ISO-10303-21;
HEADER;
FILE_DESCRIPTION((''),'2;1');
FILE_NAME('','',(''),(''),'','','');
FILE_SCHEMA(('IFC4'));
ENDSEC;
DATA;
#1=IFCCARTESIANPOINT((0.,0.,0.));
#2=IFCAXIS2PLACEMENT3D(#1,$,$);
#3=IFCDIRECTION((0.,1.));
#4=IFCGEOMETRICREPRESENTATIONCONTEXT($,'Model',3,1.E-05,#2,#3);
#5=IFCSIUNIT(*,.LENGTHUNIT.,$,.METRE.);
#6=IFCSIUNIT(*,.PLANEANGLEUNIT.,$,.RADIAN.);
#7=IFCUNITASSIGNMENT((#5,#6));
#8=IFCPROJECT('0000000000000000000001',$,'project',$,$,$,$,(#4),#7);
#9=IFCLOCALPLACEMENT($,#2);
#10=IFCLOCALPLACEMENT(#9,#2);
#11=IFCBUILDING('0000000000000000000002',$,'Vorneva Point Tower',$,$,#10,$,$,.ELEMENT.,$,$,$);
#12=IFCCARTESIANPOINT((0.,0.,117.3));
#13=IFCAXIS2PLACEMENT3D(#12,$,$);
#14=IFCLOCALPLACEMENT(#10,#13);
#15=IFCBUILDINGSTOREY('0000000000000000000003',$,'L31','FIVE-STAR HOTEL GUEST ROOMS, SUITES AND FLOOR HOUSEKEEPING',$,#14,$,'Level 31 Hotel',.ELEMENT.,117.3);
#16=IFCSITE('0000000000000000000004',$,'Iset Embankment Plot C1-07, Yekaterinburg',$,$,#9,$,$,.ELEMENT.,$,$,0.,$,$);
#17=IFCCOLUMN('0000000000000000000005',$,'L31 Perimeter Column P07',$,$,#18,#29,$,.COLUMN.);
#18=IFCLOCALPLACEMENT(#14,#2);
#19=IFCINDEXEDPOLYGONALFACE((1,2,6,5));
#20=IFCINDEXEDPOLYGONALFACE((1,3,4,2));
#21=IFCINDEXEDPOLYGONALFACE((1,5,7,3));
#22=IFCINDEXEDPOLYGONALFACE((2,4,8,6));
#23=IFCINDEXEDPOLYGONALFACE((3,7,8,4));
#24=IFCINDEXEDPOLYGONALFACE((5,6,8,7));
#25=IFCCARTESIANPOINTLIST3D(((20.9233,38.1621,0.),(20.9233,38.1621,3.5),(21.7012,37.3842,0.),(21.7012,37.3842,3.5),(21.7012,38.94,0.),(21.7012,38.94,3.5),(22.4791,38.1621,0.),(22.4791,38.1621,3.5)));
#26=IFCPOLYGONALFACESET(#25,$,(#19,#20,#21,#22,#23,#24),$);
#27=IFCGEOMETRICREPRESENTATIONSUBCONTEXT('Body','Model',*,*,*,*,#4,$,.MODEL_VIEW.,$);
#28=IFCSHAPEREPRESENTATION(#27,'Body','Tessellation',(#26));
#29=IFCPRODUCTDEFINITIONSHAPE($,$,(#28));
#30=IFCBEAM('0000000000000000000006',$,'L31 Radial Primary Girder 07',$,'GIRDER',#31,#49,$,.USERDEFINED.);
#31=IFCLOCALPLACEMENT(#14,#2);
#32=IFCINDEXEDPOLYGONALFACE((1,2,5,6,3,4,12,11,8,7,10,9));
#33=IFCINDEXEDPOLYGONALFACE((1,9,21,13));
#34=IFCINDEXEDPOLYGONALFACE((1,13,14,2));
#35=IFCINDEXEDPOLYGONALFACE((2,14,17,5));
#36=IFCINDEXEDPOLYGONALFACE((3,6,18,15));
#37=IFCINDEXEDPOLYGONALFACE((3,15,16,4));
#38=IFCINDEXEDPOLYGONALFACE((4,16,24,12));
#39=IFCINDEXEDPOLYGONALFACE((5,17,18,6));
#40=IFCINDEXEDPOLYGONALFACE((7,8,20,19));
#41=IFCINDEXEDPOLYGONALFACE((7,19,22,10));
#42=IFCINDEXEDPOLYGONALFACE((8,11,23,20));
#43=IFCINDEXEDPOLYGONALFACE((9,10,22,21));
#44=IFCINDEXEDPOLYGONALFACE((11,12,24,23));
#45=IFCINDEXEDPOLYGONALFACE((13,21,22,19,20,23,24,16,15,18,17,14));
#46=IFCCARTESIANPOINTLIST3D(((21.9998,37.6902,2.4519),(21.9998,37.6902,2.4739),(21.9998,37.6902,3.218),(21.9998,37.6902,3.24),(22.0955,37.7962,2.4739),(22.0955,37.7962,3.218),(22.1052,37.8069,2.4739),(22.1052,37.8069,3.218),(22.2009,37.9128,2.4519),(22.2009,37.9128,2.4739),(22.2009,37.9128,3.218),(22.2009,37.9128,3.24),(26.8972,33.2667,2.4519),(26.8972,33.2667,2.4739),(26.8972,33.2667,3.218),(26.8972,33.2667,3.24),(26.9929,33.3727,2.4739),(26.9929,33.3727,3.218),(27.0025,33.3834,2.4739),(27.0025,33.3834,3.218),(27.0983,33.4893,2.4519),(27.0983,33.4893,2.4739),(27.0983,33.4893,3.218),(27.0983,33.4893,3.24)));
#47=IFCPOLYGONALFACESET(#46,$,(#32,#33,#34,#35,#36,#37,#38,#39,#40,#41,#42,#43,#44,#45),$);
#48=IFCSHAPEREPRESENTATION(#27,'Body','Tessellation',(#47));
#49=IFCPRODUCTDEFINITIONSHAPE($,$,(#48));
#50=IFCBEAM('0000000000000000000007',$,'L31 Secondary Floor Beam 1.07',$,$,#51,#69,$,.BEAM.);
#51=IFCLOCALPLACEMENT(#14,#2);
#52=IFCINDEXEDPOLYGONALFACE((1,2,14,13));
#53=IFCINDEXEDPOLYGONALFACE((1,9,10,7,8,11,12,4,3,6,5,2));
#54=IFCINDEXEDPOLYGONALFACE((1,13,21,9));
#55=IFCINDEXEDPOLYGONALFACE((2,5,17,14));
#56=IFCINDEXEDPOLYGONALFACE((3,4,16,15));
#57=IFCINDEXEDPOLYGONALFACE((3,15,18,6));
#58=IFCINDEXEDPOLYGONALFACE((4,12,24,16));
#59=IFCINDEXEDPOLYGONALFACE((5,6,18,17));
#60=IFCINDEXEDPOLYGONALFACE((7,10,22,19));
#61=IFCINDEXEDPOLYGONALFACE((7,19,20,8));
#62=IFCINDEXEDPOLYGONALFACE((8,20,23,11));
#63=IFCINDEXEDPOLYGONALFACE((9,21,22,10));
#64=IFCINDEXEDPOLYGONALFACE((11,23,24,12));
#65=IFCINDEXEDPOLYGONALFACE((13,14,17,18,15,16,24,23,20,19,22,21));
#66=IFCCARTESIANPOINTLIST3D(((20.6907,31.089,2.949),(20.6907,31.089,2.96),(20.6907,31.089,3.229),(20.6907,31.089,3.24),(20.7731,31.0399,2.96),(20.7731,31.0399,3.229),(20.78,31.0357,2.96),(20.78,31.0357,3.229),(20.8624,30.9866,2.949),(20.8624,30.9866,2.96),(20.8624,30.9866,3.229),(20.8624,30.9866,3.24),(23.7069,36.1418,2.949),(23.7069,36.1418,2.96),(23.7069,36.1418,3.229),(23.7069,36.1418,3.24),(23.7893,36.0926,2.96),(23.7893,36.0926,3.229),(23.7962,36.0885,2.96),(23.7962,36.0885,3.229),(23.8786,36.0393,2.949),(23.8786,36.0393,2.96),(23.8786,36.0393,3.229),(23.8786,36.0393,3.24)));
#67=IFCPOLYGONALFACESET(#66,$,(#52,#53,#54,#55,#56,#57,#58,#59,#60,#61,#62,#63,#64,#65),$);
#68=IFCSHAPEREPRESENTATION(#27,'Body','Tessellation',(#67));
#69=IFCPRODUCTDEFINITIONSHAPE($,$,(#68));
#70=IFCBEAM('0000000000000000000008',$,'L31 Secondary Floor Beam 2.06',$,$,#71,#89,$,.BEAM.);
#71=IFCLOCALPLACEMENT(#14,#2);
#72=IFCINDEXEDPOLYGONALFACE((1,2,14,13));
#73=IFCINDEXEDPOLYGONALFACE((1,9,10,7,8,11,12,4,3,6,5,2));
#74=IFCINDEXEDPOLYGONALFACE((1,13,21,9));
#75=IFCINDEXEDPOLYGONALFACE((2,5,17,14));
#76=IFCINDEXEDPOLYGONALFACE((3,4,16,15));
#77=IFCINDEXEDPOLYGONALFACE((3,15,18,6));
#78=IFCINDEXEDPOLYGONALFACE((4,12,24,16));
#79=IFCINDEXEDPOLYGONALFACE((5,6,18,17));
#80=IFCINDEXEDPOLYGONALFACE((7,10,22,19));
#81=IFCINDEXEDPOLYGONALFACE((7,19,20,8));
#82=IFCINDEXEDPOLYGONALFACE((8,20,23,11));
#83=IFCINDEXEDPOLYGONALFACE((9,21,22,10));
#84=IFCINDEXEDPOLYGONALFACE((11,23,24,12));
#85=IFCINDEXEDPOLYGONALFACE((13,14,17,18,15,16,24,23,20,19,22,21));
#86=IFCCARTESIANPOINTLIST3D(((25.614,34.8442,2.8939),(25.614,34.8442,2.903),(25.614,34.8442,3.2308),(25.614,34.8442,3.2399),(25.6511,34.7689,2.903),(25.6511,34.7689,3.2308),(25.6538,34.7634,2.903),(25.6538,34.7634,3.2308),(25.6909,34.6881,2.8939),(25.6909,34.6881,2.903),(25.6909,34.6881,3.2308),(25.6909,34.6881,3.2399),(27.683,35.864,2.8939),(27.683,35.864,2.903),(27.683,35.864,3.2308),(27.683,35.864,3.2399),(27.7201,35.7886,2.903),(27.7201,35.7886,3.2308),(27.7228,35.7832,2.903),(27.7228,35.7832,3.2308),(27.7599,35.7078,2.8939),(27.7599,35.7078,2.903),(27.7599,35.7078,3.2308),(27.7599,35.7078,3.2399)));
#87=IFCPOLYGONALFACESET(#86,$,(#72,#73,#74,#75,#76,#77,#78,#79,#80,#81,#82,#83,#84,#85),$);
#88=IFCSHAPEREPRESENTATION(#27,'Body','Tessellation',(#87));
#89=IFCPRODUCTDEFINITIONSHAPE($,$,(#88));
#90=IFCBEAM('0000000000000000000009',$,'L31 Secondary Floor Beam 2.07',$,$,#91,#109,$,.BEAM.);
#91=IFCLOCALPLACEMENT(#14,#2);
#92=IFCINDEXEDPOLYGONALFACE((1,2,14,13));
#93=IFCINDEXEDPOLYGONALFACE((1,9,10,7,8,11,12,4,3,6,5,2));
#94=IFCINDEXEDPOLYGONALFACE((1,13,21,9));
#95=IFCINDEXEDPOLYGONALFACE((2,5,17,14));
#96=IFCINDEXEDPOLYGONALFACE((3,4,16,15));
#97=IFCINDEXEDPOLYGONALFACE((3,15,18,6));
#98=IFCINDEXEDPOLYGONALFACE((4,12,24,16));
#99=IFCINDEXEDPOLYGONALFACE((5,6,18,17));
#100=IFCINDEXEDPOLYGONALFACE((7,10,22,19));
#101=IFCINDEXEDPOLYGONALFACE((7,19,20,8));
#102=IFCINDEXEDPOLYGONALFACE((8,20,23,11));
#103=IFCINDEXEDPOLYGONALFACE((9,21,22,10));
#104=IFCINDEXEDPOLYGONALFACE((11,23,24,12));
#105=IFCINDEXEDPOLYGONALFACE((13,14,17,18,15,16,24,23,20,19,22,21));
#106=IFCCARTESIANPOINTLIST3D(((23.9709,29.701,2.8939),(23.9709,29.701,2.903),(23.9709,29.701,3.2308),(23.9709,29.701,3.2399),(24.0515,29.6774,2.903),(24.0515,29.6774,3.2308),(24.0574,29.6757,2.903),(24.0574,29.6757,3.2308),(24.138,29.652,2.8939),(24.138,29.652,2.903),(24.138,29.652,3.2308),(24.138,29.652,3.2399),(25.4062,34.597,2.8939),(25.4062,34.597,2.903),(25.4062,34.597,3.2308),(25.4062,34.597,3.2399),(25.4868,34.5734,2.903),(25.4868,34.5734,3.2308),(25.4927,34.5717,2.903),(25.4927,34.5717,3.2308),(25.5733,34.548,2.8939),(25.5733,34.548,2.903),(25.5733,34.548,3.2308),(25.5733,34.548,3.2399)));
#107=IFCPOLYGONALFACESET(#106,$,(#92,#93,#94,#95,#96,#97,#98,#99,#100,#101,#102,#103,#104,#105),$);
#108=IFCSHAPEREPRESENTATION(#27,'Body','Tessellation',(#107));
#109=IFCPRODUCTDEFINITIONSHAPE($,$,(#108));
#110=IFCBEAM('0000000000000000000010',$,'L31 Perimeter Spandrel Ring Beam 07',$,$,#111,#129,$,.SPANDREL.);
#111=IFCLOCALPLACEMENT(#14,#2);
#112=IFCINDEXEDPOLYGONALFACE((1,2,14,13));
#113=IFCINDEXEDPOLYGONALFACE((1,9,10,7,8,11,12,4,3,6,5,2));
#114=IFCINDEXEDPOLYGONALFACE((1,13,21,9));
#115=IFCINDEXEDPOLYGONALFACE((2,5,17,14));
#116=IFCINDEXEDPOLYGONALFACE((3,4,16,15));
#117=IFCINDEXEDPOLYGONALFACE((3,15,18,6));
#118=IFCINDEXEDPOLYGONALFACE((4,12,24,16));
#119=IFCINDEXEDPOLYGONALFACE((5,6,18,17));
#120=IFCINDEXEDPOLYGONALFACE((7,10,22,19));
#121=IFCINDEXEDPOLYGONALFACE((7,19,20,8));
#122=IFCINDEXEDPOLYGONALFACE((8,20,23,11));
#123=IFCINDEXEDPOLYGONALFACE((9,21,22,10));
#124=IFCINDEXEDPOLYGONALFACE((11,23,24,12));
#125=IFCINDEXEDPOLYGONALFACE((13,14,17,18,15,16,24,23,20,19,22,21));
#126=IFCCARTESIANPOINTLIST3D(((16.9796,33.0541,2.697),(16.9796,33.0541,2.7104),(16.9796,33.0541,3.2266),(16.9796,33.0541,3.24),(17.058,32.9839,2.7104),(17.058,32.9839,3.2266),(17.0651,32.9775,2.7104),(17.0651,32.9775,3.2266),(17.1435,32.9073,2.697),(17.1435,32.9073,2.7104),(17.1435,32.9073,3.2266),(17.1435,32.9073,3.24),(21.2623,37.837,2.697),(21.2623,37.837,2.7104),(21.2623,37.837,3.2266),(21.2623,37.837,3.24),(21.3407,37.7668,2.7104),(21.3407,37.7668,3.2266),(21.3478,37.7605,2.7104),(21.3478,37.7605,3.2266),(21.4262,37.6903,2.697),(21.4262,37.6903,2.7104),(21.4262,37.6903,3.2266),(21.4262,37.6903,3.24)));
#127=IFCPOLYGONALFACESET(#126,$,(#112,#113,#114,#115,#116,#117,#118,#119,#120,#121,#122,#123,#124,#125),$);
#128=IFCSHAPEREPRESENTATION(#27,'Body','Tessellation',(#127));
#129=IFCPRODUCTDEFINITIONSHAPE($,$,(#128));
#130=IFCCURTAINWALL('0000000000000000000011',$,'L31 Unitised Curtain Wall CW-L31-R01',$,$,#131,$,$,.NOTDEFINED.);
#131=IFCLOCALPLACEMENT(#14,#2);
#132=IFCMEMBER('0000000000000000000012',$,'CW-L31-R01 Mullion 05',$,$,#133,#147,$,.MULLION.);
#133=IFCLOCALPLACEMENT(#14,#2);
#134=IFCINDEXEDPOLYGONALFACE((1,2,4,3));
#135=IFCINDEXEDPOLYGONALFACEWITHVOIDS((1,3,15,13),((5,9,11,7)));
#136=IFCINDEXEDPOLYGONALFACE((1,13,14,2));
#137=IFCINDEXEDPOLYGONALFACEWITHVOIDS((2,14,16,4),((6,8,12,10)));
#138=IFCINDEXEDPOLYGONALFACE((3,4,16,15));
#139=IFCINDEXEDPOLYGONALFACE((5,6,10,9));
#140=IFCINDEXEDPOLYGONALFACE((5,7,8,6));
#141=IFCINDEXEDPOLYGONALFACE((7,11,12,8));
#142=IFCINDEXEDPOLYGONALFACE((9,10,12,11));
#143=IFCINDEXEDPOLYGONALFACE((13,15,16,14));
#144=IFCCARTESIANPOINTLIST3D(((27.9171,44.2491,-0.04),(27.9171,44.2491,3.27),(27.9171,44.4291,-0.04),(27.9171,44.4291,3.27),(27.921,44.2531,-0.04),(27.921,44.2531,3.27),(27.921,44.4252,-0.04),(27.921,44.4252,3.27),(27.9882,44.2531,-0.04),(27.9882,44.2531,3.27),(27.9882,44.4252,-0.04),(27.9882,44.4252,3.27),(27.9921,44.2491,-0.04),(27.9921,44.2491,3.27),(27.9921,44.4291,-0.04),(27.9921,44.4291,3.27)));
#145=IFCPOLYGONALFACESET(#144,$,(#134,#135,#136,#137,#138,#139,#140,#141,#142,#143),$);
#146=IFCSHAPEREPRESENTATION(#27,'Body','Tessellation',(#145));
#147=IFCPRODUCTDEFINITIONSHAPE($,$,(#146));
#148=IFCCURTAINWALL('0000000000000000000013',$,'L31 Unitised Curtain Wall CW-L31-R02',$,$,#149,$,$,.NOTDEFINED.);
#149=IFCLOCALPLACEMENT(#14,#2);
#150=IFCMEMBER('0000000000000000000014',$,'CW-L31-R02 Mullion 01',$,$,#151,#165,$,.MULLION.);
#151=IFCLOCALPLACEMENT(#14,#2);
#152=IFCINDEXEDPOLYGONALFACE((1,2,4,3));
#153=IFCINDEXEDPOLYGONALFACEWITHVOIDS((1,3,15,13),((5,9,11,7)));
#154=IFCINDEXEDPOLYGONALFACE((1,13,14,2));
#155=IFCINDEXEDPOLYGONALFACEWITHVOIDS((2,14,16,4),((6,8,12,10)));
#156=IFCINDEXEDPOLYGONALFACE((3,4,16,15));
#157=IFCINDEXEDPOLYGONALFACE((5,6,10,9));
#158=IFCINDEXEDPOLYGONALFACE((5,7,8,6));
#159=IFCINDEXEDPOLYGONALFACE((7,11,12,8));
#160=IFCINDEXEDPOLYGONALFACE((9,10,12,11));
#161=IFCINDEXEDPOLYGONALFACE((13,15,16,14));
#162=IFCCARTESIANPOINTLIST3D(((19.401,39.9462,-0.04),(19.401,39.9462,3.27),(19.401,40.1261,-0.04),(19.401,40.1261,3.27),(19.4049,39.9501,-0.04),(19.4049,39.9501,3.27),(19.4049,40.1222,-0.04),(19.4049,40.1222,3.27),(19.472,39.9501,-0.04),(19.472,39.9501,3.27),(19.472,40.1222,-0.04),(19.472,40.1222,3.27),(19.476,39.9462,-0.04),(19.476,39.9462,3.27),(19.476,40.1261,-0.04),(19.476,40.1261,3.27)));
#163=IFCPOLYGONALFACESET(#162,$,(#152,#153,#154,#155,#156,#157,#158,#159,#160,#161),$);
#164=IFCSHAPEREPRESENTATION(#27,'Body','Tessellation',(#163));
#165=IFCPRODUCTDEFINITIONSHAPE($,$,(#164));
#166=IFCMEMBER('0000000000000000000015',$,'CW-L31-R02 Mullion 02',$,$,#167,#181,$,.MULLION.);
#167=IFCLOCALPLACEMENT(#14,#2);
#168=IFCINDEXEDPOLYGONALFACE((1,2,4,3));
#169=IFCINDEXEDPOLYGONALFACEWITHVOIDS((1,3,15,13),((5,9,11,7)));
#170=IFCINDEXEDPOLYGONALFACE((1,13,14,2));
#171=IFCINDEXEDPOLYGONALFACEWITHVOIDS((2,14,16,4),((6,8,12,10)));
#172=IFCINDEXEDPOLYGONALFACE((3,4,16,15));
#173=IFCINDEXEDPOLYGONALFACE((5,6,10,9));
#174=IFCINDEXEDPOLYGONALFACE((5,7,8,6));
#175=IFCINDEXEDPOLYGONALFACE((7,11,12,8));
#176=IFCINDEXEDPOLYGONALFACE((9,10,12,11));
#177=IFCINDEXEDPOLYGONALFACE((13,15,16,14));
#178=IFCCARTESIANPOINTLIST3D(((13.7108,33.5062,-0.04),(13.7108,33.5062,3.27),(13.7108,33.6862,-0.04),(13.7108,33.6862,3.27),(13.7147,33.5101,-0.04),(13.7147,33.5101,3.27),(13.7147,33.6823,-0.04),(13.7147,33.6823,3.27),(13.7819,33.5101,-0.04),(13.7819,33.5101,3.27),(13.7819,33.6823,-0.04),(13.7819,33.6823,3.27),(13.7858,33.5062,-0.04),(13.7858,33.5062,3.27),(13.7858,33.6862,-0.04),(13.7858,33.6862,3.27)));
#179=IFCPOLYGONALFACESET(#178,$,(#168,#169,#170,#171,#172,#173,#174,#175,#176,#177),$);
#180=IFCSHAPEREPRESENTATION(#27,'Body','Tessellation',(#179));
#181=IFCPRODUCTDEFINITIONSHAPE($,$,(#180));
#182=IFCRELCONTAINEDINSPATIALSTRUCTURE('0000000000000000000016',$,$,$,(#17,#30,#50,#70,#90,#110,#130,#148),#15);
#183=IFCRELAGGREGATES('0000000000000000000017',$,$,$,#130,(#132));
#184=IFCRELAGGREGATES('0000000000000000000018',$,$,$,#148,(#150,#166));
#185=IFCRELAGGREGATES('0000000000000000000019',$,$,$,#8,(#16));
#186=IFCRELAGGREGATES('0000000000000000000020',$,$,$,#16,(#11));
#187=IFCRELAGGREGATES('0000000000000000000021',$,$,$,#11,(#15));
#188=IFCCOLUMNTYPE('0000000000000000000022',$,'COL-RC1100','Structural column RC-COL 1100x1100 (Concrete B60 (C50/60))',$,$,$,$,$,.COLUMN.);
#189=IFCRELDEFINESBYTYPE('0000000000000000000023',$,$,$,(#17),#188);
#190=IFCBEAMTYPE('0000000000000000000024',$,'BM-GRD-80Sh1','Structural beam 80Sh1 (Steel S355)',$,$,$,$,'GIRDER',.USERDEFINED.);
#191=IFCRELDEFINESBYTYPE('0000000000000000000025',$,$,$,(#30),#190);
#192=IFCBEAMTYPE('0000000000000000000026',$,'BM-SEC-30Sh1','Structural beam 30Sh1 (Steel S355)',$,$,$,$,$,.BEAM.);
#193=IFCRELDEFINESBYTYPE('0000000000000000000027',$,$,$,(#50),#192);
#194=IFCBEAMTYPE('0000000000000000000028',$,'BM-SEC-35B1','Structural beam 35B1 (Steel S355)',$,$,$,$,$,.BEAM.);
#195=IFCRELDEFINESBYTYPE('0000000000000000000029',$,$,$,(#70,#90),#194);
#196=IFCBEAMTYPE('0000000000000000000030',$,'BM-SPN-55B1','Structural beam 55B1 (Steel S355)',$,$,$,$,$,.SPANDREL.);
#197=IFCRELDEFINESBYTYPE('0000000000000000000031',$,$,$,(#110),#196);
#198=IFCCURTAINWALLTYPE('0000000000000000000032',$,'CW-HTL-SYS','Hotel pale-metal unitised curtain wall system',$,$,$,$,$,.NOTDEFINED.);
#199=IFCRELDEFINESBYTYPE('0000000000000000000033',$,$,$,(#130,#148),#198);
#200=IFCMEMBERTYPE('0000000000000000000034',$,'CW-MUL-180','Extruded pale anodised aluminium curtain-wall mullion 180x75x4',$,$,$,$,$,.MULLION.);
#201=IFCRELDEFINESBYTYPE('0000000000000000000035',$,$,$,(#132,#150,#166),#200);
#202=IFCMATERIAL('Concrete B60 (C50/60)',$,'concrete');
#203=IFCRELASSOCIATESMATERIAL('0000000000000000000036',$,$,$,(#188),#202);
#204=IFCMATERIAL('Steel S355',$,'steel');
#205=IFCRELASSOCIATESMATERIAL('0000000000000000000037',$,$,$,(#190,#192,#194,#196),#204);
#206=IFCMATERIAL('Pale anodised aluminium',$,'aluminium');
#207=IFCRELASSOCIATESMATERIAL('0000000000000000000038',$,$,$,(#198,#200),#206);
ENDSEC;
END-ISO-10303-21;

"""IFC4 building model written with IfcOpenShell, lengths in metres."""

from ifc_helpers import new_model, si_unit, direction, frame, origin, origin_2d, place, context, subcontext, project, spatial, rectangle, hollow_rectangle, i_section, extrude, material, material_profile, profile_set, type_object, element, aggregate, save


model = new_model("IFC4")

# Units and contexts
model_context = context("Model", 3, precision=1e-05, world=origin(), true_north=direction((0.0, 1.0)))
body_context = subcontext(model_context, "Body", "Model", "MODEL_VIEW")
ifc_project = project(units=[si_unit("LENGTHUNIT", "METRE"), si_unit("PLANEANGLEUNIT", "RADIAN")], contexts=[model_context])

# Site, building, storey
site_placement = place(None, origin())
site = spatial("IfcSite", under=ifc_project, at=site_placement, Name="Iset Embankment Plot C1-07, Yekaterinburg", CompositionType="ELEMENT", RefElevation=0.0)
building_placement = place(site_placement, origin())
building = spatial("IfcBuilding", under=site, at=building_placement, Name="Vorneva Point Tower", CompositionType="ELEMENT")
storey_placement = place(building_placement, frame((0.0, 0.0, 117.3)))
storey = spatial("IfcBuildingStorey", under=building, at=storey_placement, Name="L31", Description="FIVE-STAR HOTEL GUEST ROOMS, SUITES AND FLOOR HOUSEKEEPING", LongName="Level 31 Hotel", CompositionType="ELEMENT", Elevation=117.3)

# Column
ifc_material_1 = material(Name="Concrete B60 (C50/60)", Category="concrete")
ifc_material_profile_1 = material_profile(ifc_material_1, rectangle(XDim=1.1001, YDim=1.1001, at=origin_2d()), Name="RC-COL 1100x1100")
ifc_profile_set_1 = profile_set([ifc_material_profile_1], Name="Concrete B60 (C50/60)")
column_type = type_object("IfcColumnType", Name="COL-RC1100", Description="Structural column RC-COL 1100x1100 (Concrete B60 (C50/60))", PredefinedType="COLUMN", material=ifc_profile_set_1)
column_placement = place(storey_placement, frame((21.7012, 38.1621, 0.0), z_axis=(0.0, 0.0, 1.0), x_axis=(-0.707107, 0.707107, 0.0)))
element("IfcColumn", 1, at=column_placement, inside=storey, type_object=column_type, Name="L31 Perimeter Column P07", PredefinedType="COLUMN", context=body_context, shape_type="SweptSolid", body=[
    extrude(rectangle(XDim=1.1001, YDim=1.1001, at=origin_2d()), origin(), (0.0, 0.0, 1.0), 3.5),
])

# Beams
ifc_material_2 = material(Name="Steel S355", Category="steel")
ifc_material_profile_2 = material_profile(ifc_material_2, i_section(OverallWidth=0.3, OverallDepth=0.7881, WebThickness=0.0144, FlangeThickness=0.022, at=origin_2d()), Name="80Sh1")
ifc_profile_set_2 = profile_set([ifc_material_profile_2], Name="Steel S355")
beam_type_1 = type_object("IfcBeamType", Name="BM-GRD-80Sh1", Description="Structural beam 80Sh1 (Steel S355)", ElementType="GIRDER", PredefinedType="USERDEFINED", material=ifc_profile_set_2)
beam_1_placement = place(storey_placement, frame((22.1003, 37.8015, 2.8459), z_axis=(0.742097, -0.670292, 0.0), x_axis=(0.670292, 0.742097, 0.0)))
element("IfcBeam", 2, at=beam_1_placement, inside=storey, type_object=beam_type_1, Name="L31 Radial Primary Girder 07", ObjectType="GIRDER", PredefinedType="USERDEFINED", context=body_context, shape_type="SweptSolid", body=[
    extrude(i_section(OverallWidth=0.3, OverallDepth=0.7881, WebThickness=0.0144, FlangeThickness=0.022, at=origin_2d()), origin(), (0.0, 0.0, 1.0), 6.5994),
])
ifc_material_profile_3 = material_profile(ifc_material_2, i_section(OverallWidth=0.2, OverallDepth=0.291, WebThickness=0.0081, FlangeThickness=0.011, at=origin_2d()), Name="30Sh1")
ifc_profile_set_3 = profile_set([ifc_material_profile_3], Name="Steel S355")
beam_type_2 = type_object("IfcBeamType", Name="BM-SEC-30Sh1", Description="Structural beam 30Sh1 (Steel S355)", PredefinedType="BEAM", material=ifc_profile_set_3)
beam_2_placement = place(storey_placement, frame((23.7927, 36.0906, 3.0945), z_axis=(-0.512554, -0.858655, 0.0), x_axis=(0.858655, -0.512554, 0.0)))
element("IfcBeam", 3, at=beam_2_placement, inside=storey, type_object=beam_type_2, Name="L31 Secondary Floor Beam 1.07", PredefinedType="BEAM", context=body_context, shape_type="SweptSolid", body=[
    extrude(i_section(OverallWidth=0.2, OverallDepth=0.291, WebThickness=0.0081, FlangeThickness=0.011, at=origin_2d()), origin(), (0.0, 0.0, 1.0), 5.8845),
])
ifc_material_profile_4 = material_profile(ifc_material_2, i_section(OverallWidth=0.1741, OverallDepth=0.3459, WebThickness=0.0061, FlangeThickness=0.009, at=origin_2d()), Name="35B1")
ifc_profile_set_4 = profile_set([ifc_material_profile_4], Name="Steel S355")
beam_type_3 = type_object("IfcBeamType", Name="BM-SEC-35B1", Description="Structural beam 35B1 (Steel S355)", PredefinedType="BEAM", material=ifc_profile_set_4)
beam_3_placement = place(storey_placement, frame((27.7214, 35.7859, 3.0669), z_axis=(-0.896974, -0.442084, 0.0), x_axis=(0.442084, -0.896974, 0.0)))
element("IfcBeam", 4, at=beam_3_placement, inside=storey, type_object=beam_type_3, Name="L31 Secondary Floor Beam 2.06", PredefinedType="BEAM", context=body_context, shape_type="SweptSolid", body=[
    extrude(i_section(OverallWidth=0.1741, OverallDepth=0.3459, WebThickness=0.0061, FlangeThickness=0.009, at=origin_2d()), origin(), (0.0, 0.0, 1.0), 2.3066),
])
beam_4_placement = place(storey_placement, frame((25.4897, 34.5725, 3.0669), z_axis=(-0.281319, -0.959614, 0.0), x_axis=(0.959614, -0.281319, 0.0)))
element("IfcBeam", 5, at=beam_4_placement, inside=storey, type_object=beam_type_3, Name="L31 Secondary Floor Beam 2.07", PredefinedType="BEAM", context=body_context, shape_type="SweptSolid", body=[
    extrude(i_section(OverallWidth=0.1741, OverallDepth=0.3459, WebThickness=0.0061, FlangeThickness=0.009, at=origin_2d()), origin(), (0.0, 0.0, 1.0), 5.1021),
])
ifc_material_profile_5 = material_profile(ifc_material_2, i_section(OverallWidth=0.22, OverallDepth=0.543, WebThickness=0.0095, FlangeThickness=0.0134, at=origin_2d()), Name="55B1")
ifc_profile_set_5 = profile_set([ifc_material_profile_5], Name="Steel S355")
beam_type_4 = type_object("IfcBeamType", Name="BM-SPN-55B1", Description="Structural beam 55B1 (Steel S355)", PredefinedType="SPANDREL", material=ifc_profile_set_5)
beam_5_placement = place(storey_placement, frame((21.3442, 37.7637, 2.9685), z_axis=(-0.667074, -0.744992, 0.0), x_axis=(0.744992, -0.667074, 0.0)))
element("IfcBeam", 6, at=beam_5_placement, inside=storey, type_object=beam_type_4, Name="L31 Perimeter Spandrel Ring Beam 07", PredefinedType="SPANDREL", context=body_context, shape_type="SweptSolid", body=[
    extrude(i_section(OverallWidth=0.22, OverallDepth=0.543, WebThickness=0.0095, FlangeThickness=0.0134, at=origin_2d()), origin(), (0.0, 0.0, 1.0), 6.4202),
])

# Curtain wall, member
ifc_material_3 = material(Name="Pale anodised aluminium", Category="aluminium")
curtain_wall_type = type_object("IfcCurtainWallType", Name="CW-HTL-SYS", Description="Hotel pale-metal unitised curtain wall system", PredefinedType="NOTDEFINED", material=ifc_material_3)
curtain_wall_1_placement = place(storey_placement, origin())
curtain_wall_1 = element("IfcCurtainWall", 7, at=curtain_wall_1_placement, inside=storey, type_object=curtain_wall_type, Name="L31 Unitised Curtain Wall CW-L31-R01", PredefinedType="NOTDEFINED")
ifc_material_profile_6 = material_profile(ifc_material_3, hollow_rectangle(XDim=0.075, YDim=0.1799, WallThickness=0.0039, at=origin_2d()), Name="AL-MUL 180x75x4")
ifc_profile_set_6 = profile_set([ifc_material_profile_6], Name="Pale anodised aluminium")
member_type_1 = type_object("IfcMemberType", Name="CW-MUL-180", Description="Extruded pale anodised aluminium curtain-wall mullion 180x75x4", PredefinedType="MULLION", material=ifc_profile_set_6)
member_1_placement = place(storey_placement, frame((27.9546, 44.3391, -0.04), z_axis=(0.0, 0.0, 1.0), x_axis=(1.0, 0.0, 0.0)))
member_1 = element("IfcMember", 8, at=member_1_placement, type_object=member_type_1, Name="CW-L31-R01 Mullion 05", PredefinedType="MULLION", context=body_context, shape_type="SweptSolid", body=[
    extrude(hollow_rectangle(XDim=0.075, YDim=0.1799, WallThickness=0.0039, at=origin_2d()), origin(), (0.0, 0.0, 1.0), 3.3101),
])
aggregate(curtain_wall_1, [member_1])

# Curtain wall, members
curtain_wall_2_placement = place(storey_placement, origin())
curtain_wall_2 = element("IfcCurtainWall", 9, at=curtain_wall_2_placement, inside=storey, type_object=curtain_wall_type, Name="L31 Unitised Curtain Wall CW-L31-R02", PredefinedType="NOTDEFINED")
member_2_placement = place(storey_placement, frame((19.4385, 40.0361, -0.04), z_axis=(0.0, 0.0, 1.0), x_axis=(1.0, 0.0, 0.0)))
member_2 = element("IfcMember", 10, at=member_2_placement, type_object=member_type_1, Name="CW-L31-R02 Mullion 01", PredefinedType="MULLION", context=body_context, shape_type="SweptSolid", body=[
    extrude(hollow_rectangle(XDim=0.075, YDim=0.1799, WallThickness=0.0039, at=origin_2d()), origin(), (0.0, 0.0, 1.0), 3.3101),
])
member_3_placement = place(storey_placement, frame((13.7483, 33.5962, -0.04), z_axis=(0.0, 0.0, 1.0), x_axis=(1.0, 0.0, 0.0)))
member_3 = element("IfcMember", 11, at=member_3_placement, type_object=member_type_1, Name="CW-L31-R02 Mullion 02", PredefinedType="MULLION", context=body_context, shape_type="SweptSolid", body=[
    extrude(hollow_rectangle(XDim=0.075, YDim=0.1799, WallThickness=0.0039, at=origin_2d()), origin(), (0.0, 0.0, 1.0), 3.3101),
])
aggregate(curtain_wall_2, [member_2, member_3])

save(model, "model.ifc")
